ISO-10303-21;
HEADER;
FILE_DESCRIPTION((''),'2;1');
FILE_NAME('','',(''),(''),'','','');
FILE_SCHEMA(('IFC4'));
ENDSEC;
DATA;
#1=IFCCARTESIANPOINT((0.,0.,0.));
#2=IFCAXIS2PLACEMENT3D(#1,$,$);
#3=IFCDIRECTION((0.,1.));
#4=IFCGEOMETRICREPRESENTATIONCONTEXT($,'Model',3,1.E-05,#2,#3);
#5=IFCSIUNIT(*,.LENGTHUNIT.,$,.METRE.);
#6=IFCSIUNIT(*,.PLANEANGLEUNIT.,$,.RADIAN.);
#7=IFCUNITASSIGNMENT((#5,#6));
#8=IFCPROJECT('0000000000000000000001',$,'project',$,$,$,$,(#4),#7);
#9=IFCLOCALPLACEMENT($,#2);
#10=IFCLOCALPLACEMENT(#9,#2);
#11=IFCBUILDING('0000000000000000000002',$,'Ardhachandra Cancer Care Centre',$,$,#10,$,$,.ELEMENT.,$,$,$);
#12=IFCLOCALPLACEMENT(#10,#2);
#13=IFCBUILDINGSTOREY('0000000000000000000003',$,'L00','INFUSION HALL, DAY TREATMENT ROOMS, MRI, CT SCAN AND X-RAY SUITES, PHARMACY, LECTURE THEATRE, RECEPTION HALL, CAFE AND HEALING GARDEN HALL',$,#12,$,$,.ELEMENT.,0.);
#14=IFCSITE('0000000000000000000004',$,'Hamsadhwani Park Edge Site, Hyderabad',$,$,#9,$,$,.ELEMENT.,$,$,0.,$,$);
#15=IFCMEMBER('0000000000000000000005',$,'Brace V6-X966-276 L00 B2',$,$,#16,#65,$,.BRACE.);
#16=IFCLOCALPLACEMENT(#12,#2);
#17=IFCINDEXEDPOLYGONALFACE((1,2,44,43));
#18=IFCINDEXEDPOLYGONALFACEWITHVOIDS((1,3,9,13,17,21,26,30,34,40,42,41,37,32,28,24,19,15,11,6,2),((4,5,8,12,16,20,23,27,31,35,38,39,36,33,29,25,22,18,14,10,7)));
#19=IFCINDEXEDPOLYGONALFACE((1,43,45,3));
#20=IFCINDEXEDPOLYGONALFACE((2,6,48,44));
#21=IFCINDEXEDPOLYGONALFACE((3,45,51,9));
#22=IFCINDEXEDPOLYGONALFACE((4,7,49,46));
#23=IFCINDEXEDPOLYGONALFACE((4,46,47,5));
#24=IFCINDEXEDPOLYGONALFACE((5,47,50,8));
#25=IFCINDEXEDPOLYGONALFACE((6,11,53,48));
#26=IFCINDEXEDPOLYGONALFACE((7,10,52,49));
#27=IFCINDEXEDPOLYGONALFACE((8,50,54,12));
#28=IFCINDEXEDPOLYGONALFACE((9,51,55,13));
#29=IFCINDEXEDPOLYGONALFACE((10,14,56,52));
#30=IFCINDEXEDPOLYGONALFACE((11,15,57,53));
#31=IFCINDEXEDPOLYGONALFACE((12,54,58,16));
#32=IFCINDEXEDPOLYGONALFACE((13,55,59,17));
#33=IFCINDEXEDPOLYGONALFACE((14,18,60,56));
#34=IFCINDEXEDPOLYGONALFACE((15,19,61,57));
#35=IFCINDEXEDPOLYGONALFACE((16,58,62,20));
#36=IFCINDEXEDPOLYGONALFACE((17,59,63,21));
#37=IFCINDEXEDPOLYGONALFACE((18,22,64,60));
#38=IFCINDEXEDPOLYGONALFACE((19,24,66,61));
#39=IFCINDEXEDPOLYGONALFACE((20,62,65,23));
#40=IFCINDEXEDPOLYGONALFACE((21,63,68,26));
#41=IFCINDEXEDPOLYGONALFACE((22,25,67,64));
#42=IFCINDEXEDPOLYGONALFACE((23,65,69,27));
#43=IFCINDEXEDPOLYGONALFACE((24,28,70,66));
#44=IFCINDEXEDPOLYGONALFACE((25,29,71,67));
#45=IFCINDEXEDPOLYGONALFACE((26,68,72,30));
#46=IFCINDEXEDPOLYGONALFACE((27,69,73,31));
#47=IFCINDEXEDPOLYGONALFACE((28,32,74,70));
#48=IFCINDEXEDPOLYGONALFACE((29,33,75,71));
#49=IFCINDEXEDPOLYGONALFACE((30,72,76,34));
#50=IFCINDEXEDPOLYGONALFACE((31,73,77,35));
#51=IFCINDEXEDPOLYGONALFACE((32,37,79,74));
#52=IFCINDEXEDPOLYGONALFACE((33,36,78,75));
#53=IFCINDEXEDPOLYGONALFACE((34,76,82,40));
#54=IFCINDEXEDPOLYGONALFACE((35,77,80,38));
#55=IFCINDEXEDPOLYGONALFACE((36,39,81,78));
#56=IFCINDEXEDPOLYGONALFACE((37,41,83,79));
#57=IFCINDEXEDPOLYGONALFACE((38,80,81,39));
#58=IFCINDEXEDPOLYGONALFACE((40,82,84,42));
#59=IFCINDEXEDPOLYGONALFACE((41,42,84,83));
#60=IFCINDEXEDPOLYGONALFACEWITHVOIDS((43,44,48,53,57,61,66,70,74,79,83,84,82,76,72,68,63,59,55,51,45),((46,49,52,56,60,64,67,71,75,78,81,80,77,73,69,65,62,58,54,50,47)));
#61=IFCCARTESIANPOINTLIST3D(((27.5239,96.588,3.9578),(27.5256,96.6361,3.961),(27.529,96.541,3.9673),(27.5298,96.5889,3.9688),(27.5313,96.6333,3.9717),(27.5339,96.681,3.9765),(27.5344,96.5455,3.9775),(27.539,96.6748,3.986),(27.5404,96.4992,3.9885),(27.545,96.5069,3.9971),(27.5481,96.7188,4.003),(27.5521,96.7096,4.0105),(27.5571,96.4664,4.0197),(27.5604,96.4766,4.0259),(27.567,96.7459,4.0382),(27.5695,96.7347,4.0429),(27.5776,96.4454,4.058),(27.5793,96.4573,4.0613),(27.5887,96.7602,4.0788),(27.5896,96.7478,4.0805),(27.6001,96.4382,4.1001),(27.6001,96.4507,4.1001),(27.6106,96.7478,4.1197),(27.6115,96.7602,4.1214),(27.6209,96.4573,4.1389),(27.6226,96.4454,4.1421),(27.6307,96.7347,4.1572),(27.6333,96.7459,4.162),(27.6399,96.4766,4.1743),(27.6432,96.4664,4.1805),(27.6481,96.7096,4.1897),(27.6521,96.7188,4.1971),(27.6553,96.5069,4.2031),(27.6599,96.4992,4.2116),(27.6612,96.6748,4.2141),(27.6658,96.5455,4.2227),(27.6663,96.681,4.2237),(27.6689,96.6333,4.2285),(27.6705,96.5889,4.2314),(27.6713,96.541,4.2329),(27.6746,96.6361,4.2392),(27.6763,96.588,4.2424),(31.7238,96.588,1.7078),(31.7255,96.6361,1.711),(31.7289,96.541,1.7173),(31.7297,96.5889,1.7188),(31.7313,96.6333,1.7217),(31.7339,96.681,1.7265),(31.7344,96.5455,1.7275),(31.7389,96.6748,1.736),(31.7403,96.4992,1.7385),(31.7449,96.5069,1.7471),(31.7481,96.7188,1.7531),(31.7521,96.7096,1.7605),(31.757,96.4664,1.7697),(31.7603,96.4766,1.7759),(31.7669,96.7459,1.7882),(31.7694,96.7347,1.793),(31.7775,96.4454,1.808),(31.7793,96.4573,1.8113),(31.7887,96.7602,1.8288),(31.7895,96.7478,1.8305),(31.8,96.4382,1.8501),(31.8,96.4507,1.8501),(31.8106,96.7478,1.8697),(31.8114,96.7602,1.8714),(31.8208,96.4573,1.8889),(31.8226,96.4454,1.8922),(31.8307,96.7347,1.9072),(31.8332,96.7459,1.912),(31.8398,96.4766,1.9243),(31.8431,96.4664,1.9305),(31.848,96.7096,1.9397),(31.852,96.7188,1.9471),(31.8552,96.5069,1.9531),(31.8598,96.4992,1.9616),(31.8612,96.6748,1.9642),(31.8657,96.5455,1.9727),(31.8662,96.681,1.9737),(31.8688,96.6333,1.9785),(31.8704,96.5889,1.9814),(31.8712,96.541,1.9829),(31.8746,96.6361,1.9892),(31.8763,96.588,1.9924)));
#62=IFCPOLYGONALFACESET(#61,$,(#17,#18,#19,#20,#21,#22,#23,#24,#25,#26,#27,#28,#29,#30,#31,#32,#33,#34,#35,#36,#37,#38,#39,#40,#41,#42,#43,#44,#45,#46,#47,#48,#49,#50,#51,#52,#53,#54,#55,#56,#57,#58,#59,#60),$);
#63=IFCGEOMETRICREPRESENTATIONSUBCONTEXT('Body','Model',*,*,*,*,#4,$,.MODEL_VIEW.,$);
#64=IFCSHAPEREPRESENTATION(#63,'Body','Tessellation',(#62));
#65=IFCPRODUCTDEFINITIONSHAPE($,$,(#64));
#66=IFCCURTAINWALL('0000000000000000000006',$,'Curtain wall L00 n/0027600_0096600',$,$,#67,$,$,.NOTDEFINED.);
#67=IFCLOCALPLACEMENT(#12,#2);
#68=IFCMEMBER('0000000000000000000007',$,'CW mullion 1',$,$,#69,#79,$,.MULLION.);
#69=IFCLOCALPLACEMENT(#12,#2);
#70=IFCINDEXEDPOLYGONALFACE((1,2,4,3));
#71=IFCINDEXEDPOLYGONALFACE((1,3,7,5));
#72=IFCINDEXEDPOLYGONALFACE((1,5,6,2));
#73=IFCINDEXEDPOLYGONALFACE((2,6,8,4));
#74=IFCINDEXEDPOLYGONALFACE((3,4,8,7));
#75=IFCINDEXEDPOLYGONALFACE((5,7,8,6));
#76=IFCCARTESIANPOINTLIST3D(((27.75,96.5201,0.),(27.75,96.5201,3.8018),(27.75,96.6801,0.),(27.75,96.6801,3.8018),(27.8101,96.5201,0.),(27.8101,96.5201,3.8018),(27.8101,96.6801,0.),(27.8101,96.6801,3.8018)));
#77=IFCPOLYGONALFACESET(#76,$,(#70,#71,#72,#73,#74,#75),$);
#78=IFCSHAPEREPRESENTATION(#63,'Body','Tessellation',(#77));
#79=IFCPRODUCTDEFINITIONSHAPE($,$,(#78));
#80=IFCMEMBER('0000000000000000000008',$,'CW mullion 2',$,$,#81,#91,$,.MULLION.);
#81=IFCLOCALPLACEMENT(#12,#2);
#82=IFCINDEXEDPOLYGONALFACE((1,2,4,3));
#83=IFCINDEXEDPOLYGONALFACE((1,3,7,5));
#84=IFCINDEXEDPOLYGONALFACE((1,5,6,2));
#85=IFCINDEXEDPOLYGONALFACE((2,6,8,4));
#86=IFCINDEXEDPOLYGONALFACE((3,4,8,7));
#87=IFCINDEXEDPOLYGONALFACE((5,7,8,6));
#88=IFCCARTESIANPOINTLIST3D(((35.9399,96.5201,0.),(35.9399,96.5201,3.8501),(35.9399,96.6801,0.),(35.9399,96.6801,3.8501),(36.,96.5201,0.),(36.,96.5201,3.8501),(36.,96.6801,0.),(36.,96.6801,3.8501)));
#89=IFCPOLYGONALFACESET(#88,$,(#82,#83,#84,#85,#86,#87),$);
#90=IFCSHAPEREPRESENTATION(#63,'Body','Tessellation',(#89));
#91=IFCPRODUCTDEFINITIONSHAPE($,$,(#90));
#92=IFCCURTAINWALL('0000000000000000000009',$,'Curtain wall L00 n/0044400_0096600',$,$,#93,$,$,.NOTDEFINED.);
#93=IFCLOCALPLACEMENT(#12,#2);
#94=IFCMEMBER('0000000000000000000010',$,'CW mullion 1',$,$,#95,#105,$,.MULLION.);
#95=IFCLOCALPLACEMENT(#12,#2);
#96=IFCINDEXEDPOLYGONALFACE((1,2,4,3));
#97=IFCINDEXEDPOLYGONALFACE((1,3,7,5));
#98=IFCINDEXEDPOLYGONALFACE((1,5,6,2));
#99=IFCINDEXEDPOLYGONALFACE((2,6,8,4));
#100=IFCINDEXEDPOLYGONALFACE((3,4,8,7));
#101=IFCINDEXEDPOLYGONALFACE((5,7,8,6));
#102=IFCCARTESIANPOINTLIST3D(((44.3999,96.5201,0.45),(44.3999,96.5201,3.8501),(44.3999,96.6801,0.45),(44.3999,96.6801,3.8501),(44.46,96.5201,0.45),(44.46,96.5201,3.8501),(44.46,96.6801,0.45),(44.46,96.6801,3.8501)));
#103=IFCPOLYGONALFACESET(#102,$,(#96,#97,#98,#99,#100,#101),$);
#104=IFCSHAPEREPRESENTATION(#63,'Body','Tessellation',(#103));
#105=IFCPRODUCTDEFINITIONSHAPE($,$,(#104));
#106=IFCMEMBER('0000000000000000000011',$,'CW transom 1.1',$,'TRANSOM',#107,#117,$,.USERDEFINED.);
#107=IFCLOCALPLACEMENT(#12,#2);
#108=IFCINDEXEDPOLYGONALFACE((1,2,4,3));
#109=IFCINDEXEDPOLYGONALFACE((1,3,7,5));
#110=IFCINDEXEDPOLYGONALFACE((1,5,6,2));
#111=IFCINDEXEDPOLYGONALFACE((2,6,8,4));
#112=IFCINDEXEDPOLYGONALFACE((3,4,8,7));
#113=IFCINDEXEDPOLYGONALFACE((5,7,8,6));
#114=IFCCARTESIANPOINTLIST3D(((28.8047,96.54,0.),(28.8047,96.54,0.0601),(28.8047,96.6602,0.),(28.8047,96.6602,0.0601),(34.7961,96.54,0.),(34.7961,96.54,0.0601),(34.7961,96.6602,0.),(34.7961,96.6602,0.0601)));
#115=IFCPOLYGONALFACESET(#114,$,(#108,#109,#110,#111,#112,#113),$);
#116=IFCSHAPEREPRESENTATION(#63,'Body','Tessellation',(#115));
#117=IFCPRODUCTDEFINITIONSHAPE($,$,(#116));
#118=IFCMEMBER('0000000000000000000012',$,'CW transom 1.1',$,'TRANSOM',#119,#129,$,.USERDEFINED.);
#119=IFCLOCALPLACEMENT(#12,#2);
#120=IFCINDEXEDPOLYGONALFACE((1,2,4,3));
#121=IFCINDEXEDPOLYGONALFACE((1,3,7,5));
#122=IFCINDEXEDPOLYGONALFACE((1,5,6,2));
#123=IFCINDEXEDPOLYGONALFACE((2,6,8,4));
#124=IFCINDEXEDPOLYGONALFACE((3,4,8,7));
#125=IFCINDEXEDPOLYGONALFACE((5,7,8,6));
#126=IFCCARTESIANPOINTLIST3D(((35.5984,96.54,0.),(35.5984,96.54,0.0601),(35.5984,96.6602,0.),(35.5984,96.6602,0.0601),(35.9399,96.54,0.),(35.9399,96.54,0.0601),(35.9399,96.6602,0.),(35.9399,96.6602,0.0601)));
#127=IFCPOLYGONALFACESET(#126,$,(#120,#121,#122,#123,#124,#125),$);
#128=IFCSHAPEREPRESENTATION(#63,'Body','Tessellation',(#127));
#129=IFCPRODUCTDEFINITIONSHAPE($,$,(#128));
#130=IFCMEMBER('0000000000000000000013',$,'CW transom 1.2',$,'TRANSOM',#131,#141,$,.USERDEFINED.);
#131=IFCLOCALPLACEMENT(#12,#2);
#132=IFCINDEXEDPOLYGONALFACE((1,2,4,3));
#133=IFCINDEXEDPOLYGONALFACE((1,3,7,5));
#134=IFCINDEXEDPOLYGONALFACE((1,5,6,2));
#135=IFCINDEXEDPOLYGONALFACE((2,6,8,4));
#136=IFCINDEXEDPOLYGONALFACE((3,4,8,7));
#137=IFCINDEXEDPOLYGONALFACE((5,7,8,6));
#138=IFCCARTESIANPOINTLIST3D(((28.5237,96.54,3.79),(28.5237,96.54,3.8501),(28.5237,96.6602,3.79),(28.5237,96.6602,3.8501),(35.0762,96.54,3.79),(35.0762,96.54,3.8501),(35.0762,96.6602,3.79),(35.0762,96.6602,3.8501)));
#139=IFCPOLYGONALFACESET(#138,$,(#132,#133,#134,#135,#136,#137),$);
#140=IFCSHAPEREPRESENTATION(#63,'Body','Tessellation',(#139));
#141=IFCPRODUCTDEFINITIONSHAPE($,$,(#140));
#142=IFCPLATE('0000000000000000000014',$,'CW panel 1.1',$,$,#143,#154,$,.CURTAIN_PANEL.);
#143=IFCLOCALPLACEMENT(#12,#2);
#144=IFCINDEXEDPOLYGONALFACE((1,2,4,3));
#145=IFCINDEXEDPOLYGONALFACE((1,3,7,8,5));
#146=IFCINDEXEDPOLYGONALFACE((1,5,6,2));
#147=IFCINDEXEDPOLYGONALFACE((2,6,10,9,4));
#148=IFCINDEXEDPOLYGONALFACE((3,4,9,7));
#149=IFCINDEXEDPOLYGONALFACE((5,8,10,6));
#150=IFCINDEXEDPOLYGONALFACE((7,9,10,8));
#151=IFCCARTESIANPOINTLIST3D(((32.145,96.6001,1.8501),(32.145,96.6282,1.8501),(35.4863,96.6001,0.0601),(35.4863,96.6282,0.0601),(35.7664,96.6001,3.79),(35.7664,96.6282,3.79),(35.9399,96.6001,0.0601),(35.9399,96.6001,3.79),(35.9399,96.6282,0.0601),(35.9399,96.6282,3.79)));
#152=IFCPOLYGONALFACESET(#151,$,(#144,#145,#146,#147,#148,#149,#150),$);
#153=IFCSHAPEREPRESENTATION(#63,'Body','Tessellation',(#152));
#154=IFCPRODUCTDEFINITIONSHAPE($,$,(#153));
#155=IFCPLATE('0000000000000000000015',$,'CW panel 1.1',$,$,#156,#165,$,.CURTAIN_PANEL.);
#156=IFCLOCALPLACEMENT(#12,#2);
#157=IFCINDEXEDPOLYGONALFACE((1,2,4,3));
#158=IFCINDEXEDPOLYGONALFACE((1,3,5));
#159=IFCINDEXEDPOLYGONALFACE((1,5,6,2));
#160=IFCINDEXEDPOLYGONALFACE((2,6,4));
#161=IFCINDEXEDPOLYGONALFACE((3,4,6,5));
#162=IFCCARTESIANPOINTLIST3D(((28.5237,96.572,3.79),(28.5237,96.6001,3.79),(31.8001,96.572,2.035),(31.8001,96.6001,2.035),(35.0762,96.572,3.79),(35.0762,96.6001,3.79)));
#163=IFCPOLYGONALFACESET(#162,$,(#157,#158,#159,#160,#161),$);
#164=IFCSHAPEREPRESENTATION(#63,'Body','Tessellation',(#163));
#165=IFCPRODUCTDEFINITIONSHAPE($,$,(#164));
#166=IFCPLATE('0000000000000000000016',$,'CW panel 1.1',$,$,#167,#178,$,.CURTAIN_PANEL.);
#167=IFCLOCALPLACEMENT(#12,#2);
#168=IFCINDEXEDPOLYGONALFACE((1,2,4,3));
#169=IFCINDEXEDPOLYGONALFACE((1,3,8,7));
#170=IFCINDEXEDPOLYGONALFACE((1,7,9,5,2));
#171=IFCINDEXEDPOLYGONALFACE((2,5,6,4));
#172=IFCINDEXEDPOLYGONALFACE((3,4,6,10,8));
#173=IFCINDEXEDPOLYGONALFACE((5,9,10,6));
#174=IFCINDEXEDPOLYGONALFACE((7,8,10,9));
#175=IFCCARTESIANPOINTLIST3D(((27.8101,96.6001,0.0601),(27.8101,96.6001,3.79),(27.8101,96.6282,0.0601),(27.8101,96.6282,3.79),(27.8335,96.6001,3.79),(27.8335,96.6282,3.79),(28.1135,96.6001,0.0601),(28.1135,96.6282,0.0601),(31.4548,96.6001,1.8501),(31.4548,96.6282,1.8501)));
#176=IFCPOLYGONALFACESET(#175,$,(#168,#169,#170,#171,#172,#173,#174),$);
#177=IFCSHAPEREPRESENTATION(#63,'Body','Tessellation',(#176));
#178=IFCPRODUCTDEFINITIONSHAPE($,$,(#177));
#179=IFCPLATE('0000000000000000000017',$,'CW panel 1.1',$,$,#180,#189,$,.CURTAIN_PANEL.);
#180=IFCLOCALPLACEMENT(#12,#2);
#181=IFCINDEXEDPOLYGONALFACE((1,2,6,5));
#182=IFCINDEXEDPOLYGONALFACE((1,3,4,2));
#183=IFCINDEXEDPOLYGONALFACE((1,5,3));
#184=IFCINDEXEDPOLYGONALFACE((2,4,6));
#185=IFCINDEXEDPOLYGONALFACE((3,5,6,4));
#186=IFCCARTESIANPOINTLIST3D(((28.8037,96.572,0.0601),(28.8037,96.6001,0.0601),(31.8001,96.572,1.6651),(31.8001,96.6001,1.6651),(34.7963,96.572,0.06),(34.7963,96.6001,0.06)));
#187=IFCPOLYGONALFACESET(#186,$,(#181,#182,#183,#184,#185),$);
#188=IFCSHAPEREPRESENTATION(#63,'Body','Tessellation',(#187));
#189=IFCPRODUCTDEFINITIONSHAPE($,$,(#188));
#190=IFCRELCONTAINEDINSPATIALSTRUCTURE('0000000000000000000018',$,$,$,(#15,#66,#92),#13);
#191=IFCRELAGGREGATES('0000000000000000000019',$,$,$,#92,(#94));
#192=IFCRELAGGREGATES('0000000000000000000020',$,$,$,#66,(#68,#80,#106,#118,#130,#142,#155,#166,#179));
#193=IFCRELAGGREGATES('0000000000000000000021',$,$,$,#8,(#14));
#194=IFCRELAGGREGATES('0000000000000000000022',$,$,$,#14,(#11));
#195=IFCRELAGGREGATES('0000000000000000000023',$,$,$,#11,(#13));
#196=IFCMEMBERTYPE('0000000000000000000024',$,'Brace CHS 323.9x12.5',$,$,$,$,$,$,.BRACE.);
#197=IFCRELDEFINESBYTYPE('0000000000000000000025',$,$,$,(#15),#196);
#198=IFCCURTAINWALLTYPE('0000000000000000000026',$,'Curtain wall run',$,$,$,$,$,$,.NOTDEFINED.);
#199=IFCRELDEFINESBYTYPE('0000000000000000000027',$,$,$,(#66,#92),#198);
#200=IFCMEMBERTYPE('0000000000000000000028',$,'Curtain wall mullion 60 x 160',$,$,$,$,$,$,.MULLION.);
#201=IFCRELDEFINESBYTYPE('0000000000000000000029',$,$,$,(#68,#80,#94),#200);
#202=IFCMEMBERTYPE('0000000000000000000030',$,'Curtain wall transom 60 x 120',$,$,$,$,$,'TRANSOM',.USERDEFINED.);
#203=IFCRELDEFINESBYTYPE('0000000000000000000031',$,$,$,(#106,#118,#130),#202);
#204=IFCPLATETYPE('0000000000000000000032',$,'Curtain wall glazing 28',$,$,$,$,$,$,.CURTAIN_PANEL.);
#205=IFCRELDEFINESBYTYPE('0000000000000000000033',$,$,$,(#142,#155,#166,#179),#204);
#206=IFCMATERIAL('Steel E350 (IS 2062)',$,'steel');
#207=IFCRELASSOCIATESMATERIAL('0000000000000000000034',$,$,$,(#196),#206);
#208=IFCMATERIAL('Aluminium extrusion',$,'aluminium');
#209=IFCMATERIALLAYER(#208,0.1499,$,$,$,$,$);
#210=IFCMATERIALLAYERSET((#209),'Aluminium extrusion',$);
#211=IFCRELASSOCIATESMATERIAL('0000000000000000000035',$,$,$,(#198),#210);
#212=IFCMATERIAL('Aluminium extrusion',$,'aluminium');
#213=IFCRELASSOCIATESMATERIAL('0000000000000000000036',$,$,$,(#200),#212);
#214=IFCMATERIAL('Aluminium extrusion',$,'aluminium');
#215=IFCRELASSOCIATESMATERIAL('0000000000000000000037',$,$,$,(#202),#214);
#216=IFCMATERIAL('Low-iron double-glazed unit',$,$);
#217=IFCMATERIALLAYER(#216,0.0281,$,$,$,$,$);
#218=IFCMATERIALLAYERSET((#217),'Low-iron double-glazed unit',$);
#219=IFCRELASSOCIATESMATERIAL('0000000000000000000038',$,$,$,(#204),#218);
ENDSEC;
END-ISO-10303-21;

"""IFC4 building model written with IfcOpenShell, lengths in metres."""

from ifc_helpers import new_model, si_unit, direction, frame, origin, origin_2d, place, context, subcontext, project, spatial, polyline, rectangle, hollow_circle, outline, extrude, material, layer, layer_set, material_profile, profile_set, type_object, element, aggregate, save


model = new_model("IFC4")

# Units and contexts
model_context = context("Model", 3, precision=1e-05, world=origin(), true_north=direction((0.0, 1.0)))
body_context = subcontext(model_context, "Body", "Model", "MODEL_VIEW")
ifc_project = project(units=[si_unit("LENGTHUNIT", "METRE"), si_unit("PLANEANGLEUNIT", "RADIAN")], contexts=[model_context])

# Site, building, storey
site_placement = place(None, origin())
site = spatial("IfcSite", under=ifc_project, at=site_placement, Name="Hamsadhwani Park Edge Site, Hyderabad", CompositionType="ELEMENT", RefElevation=0.0)
building_placement = place(site_placement, origin())
building = spatial("IfcBuilding", under=site, at=building_placement, Name="Ardhachandra Cancer Care Centre", CompositionType="ELEMENT")
storey_placement = place(building_placement, origin())
storey = spatial("IfcBuildingStorey", under=building, at=storey_placement, Name="L00", Description="INFUSION HALL, DAY TREATMENT ROOMS, MRI, CT SCAN AND X-RAY SUITES, PHARMACY, LECTURE THEATRE, RECEPTION HALL, CAFE AND HEALING GARDEN HALL", CompositionType="ELEMENT", Elevation=0.0)

# Member
ifc_material_1 = material(Name="Steel E350 (IS 2062)", Category="steel")
ifc_material_profile_1 = material_profile(ifc_material_1, hollow_circle(Radius=0.1619, WallThickness=0.0125, at=origin_2d()), Name="CHS 323.9x12.5")
ifc_profile_set_1 = profile_set([ifc_material_profile_1], Name="Steel E350 (IS 2062)")
member_type_1 = type_object("IfcMemberType", Name="Brace CHS 323.9x12.5", PredefinedType="BRACE", material=ifc_profile_set_1)
for number, where, z_axis, x_axis, name in (
    (1, (31.8, 96.6001, 1.8501), (-0.881478, 0.0, 0.472226), (0.0, -1.0, 0.0), "Brace V6-X966-276 L00 B2"),
):
    element("IfcMember", number, at=place(storey_placement, frame(where, z_axis=z_axis, x_axis=x_axis)), inside=storey, type_object=member_type_1, Name=name, PredefinedType="BRACE", context=body_context, shape_type="SweptSolid", body=[
        extrude(hollow_circle(Radius=0.1619, WallThickness=0.0125, at=origin_2d()), origin(), (0.0, 0.0, 1.0), 4.7646),
    ])

# Curtain wall, members
ifc_material_2 = material(Name="Aluminium extrusion", Category="aluminium")
ifc_layer_1 = layer(ifc_material_2, 0.1499)
ifc_layer_set_1 = layer_set([ifc_layer_1], Name="Aluminium extrusion")
curtain_wall_type = type_object("IfcCurtainWallType", Name="Curtain wall run", PredefinedType="NOTDEFINED", material=ifc_layer_set_1)
curtain_wall_1_placement = place(storey_placement, origin())
curtain_wall_1 = element("IfcCurtainWall", 2, at=curtain_wall_1_placement, inside=storey, type_object=curtain_wall_type, Name="Curtain wall L00 n/0027600_0096600", PredefinedType="NOTDEFINED")
ifc_material_3 = material(Name="Aluminium extrusion", Category="aluminium")
ifc_material_profile_2 = material_profile(ifc_material_3, rectangle(XDim=0.1599, YDim=0.0601, at=origin_2d()), Name="Curtain wall mullion 60 x 160")
ifc_profile_set_2 = profile_set([ifc_material_profile_2], Name="Aluminium extrusion")
member_type_2 = type_object("IfcMemberType", Name="Curtain wall mullion 60 x 160", PredefinedType="MULLION", material=ifc_profile_set_2)
member_1_placement = place(storey_placement, frame((27.78, 96.6001, 0.0), z_axis=(0.0, 0.0, 1.0), x_axis=(0.0, 1.0, 0.0)))
member_1 = element("IfcMember", 3, at=member_1_placement, type_object=member_type_2, Name="CW mullion 1", PredefinedType="MULLION", context=body_context, shape_type="SweptSolid", body=[
    extrude(rectangle(XDim=0.1599, YDim=0.0601, at=origin_2d()), origin(), (0.0, 0.0, 1.0), 3.8018),
])
member_2_placement = place(storey_placement, frame((35.97, 96.6001, 0.0), z_axis=(0.0, 0.0, 1.0), x_axis=(0.0, 1.0, 0.0)))
member_2 = element("IfcMember", 4, at=member_2_placement, type_object=member_type_2, Name="CW mullion 2", PredefinedType="MULLION", context=body_context, shape_type="SweptSolid", body=[
    extrude(rectangle(XDim=0.1599, YDim=0.0601, at=origin_2d()), origin(), (0.0, 0.0, 1.0), 3.8501),
])

# Curtain wall, member
curtain_wall_2_placement = place(storey_placement, origin())
curtain_wall_2 = element("IfcCurtainWall", 5, at=curtain_wall_2_placement, inside=storey, type_object=curtain_wall_type, Name="Curtain wall L00 n/0044400_0096600", PredefinedType="NOTDEFINED")
member_3_placement = place(storey_placement, frame((44.4299, 96.6001, 0.45), z_axis=(0.0, 0.0, 1.0), x_axis=(0.0, 1.0, 0.0)))
member_3 = element("IfcMember", 6, at=member_3_placement, type_object=member_type_2, Name="CW mullion 1", PredefinedType="MULLION", context=body_context, shape_type="SweptSolid", body=[
    extrude(rectangle(XDim=0.1599, YDim=0.0601, at=origin_2d()), origin(), (0.0, 0.0, 1.0), 3.4001),
])
aggregate(curtain_wall_2, [member_3])

# Members
ifc_material_4 = material(Name="Aluminium extrusion", Category="aluminium")
ifc_material_profile_3 = material_profile(ifc_material_4, rectangle(XDim=0.1201, YDim=0.0601, at=origin_2d()), Name="Curtain wall transom 60 x 120")
ifc_profile_set_3 = profile_set([ifc_material_profile_3], Name="Aluminium extrusion")
member_type_3 = type_object("IfcMemberType", Name="Curtain wall transom 60 x 120", ElementType="TRANSOM", PredefinedType="USERDEFINED", material=ifc_profile_set_3)
member_4_placement = place(storey_placement, frame((28.8047, 96.6001, 0.03), z_axis=(1.0, 0.0, 0.0), x_axis=(0.0, 1.0, 0.0)))
member_4 = element("IfcMember", 7, at=member_4_placement, type_object=member_type_3, Name="CW transom 1.1", ObjectType="TRANSOM", PredefinedType="USERDEFINED", context=body_context, shape_type="SweptSolid", body=[
    extrude(rectangle(XDim=0.1201, YDim=0.0601, at=origin_2d()), origin(), (0.0, 0.0, 1.0), 5.9915),
])
member_5_placement = place(storey_placement, frame((35.5984, 96.6001, 0.03), z_axis=(1.0, 0.0, 0.0), x_axis=(0.0, 1.0, 0.0)))
member_5 = element("IfcMember", 8, at=member_5_placement, type_object=member_type_3, Name="CW transom 1.1", ObjectType="TRANSOM", PredefinedType="USERDEFINED", context=body_context, shape_type="SweptSolid", body=[
    extrude(rectangle(XDim=0.1201, YDim=0.0601, at=origin_2d()), origin(), (0.0, 0.0, 1.0), 0.3416),
])
member_6_placement = place(storey_placement, frame((28.5237, 96.6001, 3.8201), z_axis=(1.0, 0.0, 0.0), x_axis=(0.0, 1.0, 0.0)))
member_6 = element("IfcMember", 9, at=member_6_placement, type_object=member_type_3, Name="CW transom 1.2", ObjectType="TRANSOM", PredefinedType="USERDEFINED", context=body_context, shape_type="SweptSolid", body=[
    extrude(rectangle(XDim=0.1201, YDim=0.0601, at=origin_2d()), origin(), (0.0, 0.0, 1.0), 6.5525),
])

# Plates
ifc_material_5 = material(Name="Low-iron double-glazed unit")
ifc_layer_2 = layer(ifc_material_5, 0.0281)
ifc_layer_set_2 = layer_set([ifc_layer_2], Name="Low-iron double-glazed unit")
plate_type = type_object("IfcPlateType", Name="Curtain wall glazing 28", PredefinedType="CURTAIN_PANEL", material=ifc_layer_set_2)
plate_1_placement = place(storey_placement, frame((35.9399, 96.6001, 3.79), z_axis=(0.0, 1.0, 0.0), x_axis=(0.0, 0.0, -1.0)))
plate_1 = element("IfcPlate", 10, at=plate_1_placement, type_object=plate_type, Name="CW panel 1.1", PredefinedType="CURTAIN_PANEL", context=body_context, shape_type="SweptSolid", body=[
    extrude(outline(polyline([(0.0, 0.0), (3.73, 0.0), (3.73, 0.4536), (1.9399, 3.7949), (0.0, 0.1736), (0.0, 0.0)])), origin(), (0.0, 0.0, 1.0), 0.0281),
])
plate_2_placement = place(storey_placement, frame((35.0762, 96.6001, 3.79), z_axis=(0.0, 1.0, 0.0), x_axis=(-0.881473, 0.0, -0.472234)))
plate_2 = element("IfcPlate", 11, at=plate_2_placement, type_object=plate_type, Name="CW panel 1.1", PredefinedType="CURTAIN_PANEL", context=body_context, shape_type="SweptSolid", body=[
    extrude(outline(polyline([(0.0, 0.0), (3.7166, 0.0), (5.7759, 3.0942), (0.0, 0.0)])), frame((0.0, 0.0, -0.0281)), (0.0, 0.0, 1.0), 0.0281),
])
plate_3_placement = place(storey_placement, frame((27.8101, 96.6001, 0.0601), z_axis=(0.0, 1.0, 0.0), x_axis=(0.0, 0.0, 1.0)))
plate_3 = element("IfcPlate", 12, at=plate_3_placement, type_object=plate_type, Name="CW panel 1.1", PredefinedType="CURTAIN_PANEL", context=body_context, shape_type="SweptSolid", body=[
    extrude(outline(polyline([(0.0, 0.0), (3.73, 0.0), (3.73, 0.0234), (1.79, 3.6448), (0.0, 0.3035), (0.0, 0.0)])), origin(), (0.0, 0.0, 1.0), 0.0281),
])
plate_4_placement = place(storey_placement, frame((28.8037, 96.6001, 0.0601), z_axis=(0.0, 1.0, 0.0), x_axis=(0.881505, 0.0, 0.472176)))
plate_4 = element("IfcPlate", 13, at=plate_4_placement, type_object=plate_type, Name="CW panel 1.1", PredefinedType="CURTAIN_PANEL", context=body_context, shape_type="SweptSolid", body=[
    extrude(outline(polyline([(0.0, 0.0), (3.3992, 0.0), (5.2825, 2.8296), (0.0, 0.0)])), frame((0.0, 0.0, -0.0281)), (0.0, 0.0, 1.0), 0.0281),
])
aggregate(curtain_wall_1, [member_1, member_2, member_4, member_5, member_6, plate_1, plate_2, plate_3, plate_4])

save(model, "model.ifc")
